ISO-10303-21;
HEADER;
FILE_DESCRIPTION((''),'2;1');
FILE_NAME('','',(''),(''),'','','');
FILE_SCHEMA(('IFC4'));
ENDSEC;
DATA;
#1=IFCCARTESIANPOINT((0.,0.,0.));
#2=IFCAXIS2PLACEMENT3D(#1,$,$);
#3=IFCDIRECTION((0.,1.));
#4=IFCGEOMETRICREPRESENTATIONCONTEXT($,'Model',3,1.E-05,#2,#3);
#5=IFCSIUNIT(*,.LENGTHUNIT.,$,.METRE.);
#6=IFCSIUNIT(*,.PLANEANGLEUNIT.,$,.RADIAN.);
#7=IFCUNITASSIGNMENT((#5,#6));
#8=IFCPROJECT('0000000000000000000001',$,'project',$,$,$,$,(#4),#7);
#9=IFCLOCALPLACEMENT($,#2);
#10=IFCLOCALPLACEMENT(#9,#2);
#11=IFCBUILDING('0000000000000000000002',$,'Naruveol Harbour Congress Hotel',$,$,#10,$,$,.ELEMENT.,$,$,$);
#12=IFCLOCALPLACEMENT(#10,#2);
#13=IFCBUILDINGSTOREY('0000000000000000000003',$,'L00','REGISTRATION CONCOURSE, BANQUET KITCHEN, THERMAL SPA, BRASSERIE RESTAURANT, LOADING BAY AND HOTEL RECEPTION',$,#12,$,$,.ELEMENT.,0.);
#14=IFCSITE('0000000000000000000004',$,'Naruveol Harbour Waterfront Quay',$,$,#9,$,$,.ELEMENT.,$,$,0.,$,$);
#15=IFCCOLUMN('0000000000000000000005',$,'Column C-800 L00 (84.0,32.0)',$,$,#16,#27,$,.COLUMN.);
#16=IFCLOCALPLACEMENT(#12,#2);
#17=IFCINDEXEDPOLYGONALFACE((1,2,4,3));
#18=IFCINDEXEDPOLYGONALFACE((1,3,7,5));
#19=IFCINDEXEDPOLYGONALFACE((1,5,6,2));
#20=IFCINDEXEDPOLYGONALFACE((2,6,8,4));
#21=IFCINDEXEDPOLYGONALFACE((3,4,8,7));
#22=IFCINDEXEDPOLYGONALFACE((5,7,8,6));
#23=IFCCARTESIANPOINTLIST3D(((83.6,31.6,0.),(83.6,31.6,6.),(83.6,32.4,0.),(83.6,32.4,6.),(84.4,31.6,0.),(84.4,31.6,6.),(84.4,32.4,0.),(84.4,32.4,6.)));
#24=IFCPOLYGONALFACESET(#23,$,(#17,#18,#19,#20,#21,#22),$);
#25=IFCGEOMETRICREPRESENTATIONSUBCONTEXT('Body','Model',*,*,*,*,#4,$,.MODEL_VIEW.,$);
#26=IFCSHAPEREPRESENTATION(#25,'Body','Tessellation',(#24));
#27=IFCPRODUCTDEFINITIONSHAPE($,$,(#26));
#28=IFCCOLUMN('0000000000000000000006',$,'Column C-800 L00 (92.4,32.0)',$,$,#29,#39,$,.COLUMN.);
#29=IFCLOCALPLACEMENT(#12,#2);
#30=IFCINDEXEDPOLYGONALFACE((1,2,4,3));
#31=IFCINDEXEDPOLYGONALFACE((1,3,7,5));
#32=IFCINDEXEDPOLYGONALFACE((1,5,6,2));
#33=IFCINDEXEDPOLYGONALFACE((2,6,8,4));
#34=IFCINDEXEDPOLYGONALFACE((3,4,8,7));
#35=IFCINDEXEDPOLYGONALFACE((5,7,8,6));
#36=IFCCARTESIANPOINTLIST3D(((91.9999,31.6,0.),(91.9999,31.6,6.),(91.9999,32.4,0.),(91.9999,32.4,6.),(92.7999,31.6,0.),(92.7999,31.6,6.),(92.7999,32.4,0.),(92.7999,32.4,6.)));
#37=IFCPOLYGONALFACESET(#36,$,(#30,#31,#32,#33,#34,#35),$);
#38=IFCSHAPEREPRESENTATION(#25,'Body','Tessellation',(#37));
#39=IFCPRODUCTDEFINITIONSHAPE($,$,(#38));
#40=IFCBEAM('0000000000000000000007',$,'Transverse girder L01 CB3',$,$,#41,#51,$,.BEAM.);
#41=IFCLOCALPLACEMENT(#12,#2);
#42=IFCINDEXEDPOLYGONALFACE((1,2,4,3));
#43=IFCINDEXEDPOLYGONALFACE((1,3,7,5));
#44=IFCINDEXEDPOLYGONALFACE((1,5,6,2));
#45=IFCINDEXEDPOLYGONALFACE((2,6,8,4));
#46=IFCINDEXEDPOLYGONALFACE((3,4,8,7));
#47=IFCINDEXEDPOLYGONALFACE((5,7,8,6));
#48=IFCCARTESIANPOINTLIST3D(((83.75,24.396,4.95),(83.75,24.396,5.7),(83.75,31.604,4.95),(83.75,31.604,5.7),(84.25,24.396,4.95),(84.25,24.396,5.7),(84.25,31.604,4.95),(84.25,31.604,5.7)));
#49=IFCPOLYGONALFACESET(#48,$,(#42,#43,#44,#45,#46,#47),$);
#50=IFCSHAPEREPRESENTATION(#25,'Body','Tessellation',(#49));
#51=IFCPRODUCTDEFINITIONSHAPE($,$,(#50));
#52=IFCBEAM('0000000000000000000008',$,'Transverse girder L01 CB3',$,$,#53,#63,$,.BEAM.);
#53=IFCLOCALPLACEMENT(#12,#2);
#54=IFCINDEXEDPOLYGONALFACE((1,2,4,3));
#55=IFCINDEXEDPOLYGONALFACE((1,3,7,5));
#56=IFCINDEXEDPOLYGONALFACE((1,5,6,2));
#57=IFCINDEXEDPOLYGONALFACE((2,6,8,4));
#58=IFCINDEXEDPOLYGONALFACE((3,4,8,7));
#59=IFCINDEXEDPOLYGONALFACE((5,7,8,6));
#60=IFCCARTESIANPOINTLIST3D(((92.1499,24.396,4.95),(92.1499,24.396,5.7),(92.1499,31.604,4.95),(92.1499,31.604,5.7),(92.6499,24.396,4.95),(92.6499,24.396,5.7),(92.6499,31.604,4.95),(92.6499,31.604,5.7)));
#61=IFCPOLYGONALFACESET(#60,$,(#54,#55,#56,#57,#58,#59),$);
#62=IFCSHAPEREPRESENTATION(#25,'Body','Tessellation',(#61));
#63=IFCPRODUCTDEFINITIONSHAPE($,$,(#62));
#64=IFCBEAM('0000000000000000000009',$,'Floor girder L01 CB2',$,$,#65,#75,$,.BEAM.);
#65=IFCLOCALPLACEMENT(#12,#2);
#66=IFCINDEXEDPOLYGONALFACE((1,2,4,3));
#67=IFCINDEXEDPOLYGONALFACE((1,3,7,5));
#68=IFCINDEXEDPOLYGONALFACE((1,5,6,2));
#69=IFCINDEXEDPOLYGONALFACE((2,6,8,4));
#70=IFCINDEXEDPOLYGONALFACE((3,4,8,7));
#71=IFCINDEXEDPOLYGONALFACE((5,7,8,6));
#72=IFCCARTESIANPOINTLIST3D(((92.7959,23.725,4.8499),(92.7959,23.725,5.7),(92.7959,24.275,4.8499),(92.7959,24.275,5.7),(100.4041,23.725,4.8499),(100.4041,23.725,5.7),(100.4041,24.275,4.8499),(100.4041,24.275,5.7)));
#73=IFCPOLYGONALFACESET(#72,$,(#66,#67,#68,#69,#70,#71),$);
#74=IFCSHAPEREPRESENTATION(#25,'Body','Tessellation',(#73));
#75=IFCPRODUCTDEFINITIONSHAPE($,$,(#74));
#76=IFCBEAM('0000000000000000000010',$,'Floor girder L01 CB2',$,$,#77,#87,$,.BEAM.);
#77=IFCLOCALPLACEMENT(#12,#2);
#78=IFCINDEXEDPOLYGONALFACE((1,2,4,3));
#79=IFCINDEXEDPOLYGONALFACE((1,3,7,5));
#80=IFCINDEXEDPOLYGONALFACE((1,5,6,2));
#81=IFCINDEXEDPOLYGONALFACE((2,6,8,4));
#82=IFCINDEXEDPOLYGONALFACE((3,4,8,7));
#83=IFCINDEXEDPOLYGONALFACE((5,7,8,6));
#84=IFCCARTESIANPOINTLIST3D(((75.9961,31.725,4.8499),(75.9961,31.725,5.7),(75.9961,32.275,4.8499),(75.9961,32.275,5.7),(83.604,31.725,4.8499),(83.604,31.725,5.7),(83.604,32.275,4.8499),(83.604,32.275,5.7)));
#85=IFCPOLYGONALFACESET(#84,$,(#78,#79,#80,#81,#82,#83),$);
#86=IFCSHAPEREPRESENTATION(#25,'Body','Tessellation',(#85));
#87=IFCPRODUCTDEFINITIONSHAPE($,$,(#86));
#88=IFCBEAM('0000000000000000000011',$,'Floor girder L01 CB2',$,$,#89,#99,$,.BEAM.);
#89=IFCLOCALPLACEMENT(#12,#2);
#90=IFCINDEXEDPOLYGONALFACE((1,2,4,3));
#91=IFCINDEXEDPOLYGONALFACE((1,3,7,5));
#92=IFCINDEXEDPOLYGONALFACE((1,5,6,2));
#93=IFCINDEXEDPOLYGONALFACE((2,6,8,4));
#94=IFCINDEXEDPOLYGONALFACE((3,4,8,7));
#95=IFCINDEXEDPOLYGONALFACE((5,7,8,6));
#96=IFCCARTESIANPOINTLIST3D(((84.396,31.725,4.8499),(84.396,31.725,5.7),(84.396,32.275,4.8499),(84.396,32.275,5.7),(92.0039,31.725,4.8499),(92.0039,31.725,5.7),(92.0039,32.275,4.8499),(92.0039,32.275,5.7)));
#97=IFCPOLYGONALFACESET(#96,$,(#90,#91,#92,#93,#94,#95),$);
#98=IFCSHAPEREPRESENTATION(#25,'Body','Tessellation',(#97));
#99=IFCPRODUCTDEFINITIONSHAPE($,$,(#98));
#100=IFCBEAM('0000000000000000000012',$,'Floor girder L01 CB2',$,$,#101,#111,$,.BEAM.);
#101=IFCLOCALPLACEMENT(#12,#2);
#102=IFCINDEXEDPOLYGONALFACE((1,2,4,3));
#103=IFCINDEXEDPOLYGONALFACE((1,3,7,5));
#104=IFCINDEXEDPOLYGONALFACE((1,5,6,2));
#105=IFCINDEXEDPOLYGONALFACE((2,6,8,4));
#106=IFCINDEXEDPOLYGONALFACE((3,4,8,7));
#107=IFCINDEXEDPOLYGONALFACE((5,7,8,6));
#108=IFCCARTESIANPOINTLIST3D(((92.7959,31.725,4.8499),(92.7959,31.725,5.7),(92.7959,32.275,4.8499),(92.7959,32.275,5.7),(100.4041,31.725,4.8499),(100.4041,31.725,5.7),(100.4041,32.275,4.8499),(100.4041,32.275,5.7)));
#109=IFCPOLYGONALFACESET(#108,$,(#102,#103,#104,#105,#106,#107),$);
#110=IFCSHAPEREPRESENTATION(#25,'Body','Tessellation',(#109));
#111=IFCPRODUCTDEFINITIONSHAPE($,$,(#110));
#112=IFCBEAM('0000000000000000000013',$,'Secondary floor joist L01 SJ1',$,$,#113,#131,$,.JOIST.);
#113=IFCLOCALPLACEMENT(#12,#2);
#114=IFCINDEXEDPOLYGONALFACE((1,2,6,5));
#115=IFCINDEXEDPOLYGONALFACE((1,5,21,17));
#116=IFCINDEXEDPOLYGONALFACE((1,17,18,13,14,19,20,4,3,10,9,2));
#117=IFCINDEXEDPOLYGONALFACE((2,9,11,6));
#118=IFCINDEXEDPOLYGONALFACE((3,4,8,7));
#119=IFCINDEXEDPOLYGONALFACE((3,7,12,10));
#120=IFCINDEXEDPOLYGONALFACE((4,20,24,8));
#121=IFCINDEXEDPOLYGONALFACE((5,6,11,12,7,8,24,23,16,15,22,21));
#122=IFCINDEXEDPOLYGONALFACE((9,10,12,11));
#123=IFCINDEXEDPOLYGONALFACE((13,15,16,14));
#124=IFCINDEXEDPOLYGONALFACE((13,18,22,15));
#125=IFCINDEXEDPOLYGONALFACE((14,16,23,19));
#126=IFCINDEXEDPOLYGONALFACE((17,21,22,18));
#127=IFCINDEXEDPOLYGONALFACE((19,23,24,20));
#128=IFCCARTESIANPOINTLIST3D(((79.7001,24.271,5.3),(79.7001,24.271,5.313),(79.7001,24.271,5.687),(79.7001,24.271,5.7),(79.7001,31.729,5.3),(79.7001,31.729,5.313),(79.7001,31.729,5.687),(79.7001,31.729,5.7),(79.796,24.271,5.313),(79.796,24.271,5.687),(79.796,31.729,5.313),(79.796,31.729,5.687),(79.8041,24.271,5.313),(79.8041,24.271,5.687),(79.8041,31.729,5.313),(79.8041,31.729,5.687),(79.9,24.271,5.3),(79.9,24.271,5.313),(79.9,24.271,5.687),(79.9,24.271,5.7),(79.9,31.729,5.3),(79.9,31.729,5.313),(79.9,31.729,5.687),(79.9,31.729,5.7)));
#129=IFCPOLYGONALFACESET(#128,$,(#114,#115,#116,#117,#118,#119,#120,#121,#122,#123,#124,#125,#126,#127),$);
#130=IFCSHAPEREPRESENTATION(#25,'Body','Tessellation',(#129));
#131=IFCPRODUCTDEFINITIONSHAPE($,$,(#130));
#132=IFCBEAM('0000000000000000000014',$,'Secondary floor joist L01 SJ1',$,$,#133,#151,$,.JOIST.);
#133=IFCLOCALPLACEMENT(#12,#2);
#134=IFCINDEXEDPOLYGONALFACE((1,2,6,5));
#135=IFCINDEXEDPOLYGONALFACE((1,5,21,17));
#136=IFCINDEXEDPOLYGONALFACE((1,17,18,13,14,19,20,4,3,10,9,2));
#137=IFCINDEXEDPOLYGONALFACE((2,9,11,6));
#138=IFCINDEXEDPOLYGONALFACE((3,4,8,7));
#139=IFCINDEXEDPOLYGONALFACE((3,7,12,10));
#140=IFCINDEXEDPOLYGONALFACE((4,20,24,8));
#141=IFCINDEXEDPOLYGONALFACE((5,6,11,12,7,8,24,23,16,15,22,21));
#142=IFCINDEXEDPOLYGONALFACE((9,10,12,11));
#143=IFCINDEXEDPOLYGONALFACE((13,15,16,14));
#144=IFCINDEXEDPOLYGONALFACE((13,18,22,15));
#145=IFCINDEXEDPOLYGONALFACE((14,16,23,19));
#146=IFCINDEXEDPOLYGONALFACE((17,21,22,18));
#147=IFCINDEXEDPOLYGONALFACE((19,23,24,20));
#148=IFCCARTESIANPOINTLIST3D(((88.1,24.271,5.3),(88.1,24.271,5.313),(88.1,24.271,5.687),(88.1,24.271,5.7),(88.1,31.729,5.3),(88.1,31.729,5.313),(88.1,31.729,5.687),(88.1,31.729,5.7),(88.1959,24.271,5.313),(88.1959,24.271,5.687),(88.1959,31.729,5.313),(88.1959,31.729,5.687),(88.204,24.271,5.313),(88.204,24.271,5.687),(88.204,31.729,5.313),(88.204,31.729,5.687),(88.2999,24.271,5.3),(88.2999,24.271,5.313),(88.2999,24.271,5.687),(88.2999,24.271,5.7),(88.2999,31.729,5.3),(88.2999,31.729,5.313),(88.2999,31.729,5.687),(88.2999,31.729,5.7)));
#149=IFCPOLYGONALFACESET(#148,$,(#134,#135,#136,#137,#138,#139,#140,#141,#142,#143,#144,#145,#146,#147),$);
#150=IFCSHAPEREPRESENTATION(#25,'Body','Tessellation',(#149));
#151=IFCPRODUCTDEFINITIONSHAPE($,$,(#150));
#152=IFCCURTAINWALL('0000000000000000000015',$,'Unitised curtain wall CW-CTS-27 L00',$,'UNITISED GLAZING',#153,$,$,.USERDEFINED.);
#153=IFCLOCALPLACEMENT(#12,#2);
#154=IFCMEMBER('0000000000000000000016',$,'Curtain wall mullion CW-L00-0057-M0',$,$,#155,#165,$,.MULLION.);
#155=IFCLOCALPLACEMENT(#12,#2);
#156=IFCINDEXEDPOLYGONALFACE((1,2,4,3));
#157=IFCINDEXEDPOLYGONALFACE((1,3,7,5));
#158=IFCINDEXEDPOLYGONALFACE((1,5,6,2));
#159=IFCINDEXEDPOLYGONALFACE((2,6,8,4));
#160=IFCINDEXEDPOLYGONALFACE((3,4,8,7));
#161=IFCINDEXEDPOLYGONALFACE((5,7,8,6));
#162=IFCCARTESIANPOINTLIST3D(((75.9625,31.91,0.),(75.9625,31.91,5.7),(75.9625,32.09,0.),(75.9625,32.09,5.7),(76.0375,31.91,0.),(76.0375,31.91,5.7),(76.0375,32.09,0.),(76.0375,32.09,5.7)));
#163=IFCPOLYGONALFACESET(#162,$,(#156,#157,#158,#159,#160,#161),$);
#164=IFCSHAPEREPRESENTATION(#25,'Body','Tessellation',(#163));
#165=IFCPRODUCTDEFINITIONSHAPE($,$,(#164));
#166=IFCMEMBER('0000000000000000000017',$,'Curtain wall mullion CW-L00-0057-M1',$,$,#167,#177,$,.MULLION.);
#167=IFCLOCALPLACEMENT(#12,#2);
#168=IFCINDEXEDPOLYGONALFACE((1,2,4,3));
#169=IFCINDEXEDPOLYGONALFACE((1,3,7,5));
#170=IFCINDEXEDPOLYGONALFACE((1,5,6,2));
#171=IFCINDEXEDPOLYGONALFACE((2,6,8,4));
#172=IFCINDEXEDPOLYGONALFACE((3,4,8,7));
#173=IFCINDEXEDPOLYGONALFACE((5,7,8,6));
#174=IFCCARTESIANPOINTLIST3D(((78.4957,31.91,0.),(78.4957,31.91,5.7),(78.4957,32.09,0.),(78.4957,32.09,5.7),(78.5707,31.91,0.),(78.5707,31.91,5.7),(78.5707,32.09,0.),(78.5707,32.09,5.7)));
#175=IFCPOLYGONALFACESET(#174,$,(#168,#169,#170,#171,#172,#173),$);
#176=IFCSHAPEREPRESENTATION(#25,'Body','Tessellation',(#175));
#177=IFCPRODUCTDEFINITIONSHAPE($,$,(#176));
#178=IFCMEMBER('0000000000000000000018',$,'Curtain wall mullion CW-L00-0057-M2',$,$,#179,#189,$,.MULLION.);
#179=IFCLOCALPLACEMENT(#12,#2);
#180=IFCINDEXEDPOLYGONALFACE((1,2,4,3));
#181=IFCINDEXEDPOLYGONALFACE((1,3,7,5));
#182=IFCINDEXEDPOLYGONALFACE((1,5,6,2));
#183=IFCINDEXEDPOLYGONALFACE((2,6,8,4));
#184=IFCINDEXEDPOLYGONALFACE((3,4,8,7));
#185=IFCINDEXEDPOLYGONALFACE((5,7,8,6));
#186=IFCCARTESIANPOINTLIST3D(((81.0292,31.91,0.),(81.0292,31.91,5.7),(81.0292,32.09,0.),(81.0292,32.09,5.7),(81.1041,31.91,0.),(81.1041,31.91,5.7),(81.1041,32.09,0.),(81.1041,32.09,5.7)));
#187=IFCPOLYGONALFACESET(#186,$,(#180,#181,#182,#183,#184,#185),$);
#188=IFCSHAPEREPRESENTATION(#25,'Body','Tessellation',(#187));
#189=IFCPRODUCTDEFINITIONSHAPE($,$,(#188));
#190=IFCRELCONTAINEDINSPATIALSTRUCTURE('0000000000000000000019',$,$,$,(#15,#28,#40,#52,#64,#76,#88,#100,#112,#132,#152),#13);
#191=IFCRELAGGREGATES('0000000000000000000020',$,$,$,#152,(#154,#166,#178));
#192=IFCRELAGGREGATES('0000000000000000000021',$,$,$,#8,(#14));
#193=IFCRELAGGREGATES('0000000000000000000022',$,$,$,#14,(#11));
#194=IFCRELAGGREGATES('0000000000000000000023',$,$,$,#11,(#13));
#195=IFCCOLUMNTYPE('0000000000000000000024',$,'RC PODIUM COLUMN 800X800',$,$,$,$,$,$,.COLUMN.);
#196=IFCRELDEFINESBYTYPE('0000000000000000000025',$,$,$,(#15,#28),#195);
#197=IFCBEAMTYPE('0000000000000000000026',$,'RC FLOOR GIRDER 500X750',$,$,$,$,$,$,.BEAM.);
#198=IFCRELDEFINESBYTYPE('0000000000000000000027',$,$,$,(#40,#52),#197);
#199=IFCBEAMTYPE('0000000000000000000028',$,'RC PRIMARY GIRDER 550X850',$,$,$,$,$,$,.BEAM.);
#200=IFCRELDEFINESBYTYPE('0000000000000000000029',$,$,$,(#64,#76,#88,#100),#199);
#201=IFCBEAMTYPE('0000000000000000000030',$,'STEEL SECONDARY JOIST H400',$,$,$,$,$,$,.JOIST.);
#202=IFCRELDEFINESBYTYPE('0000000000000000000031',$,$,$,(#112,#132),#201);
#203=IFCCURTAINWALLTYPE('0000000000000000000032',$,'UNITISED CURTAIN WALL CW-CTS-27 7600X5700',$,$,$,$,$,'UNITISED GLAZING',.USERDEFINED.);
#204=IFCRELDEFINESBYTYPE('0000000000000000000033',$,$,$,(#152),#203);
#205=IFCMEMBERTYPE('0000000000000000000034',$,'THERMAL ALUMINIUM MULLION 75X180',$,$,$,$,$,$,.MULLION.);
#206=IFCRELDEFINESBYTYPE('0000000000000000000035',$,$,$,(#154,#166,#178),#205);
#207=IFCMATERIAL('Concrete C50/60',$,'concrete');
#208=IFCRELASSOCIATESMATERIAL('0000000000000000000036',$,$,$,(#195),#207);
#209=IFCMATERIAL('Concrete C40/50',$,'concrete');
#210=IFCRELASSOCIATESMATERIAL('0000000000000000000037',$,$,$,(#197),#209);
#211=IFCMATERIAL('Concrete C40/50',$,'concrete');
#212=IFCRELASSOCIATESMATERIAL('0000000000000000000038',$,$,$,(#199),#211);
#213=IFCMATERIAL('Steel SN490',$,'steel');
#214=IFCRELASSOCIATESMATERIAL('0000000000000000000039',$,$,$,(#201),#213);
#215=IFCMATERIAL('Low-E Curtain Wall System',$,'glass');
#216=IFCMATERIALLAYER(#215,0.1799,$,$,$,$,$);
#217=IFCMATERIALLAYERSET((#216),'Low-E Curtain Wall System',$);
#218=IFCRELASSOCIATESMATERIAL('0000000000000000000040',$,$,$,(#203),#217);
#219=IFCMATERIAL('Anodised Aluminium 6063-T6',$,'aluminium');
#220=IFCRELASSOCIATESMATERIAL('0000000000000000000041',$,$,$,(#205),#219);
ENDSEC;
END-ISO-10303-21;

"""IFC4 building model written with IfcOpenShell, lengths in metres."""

from ifc_helpers import new_model, si_unit, direction, frame, origin, origin_2d, place, context, subcontext, project, spatial, rectangle, i_section, extrude, material, layer, layer_set, material_profile, profile_set, type_object, element, aggregate, save


model = new_model("IFC4")

# Units and contexts
model_context = context("Model", 3, precision=1e-05, world=origin(), true_north=direction((0.0, 1.0)))
body_context = subcontext(model_context, "Body", "Model", "MODEL_VIEW")
ifc_project = project(units=[si_unit("LENGTHUNIT", "METRE"), si_unit("PLANEANGLEUNIT", "RADIAN")], contexts=[model_context])

# Site, building, storey
site_placement = place(None, origin())
site = spatial("IfcSite", under=ifc_project, at=site_placement, Name="Naruveol Harbour Waterfront Quay", CompositionType="ELEMENT", RefElevation=0.0)
building_placement = place(site_placement, origin())
building = spatial("IfcBuilding", under=site, at=building_placement, Name="Naruveol Harbour Congress Hotel", CompositionType="ELEMENT")
storey_placement = place(building_placement, origin())
storey = spatial("IfcBuildingStorey", under=building, at=storey_placement, Name="L00", Description="REGISTRATION CONCOURSE, BANQUET KITCHEN, THERMAL SPA, BRASSERIE RESTAURANT, LOADING BAY AND HOTEL RECEPTION", CompositionType="ELEMENT", Elevation=0.0)

# Columns
ifc_material_1 = material(Name="Concrete C50/60", Category="concrete")
ifc_material_profile_1 = material_profile(ifc_material_1, rectangle(XDim=0.8, YDim=0.8, at=origin_2d()), Name="RC-800x800")
ifc_profile_set_1 = profile_set([ifc_material_profile_1], Name="Concrete C50/60")
column_type = type_object("IfcColumnType", Name="RC PODIUM COLUMN 800X800", PredefinedType="COLUMN", material=ifc_profile_set_1)
for number, where, z_axis, x_axis, name in (
    (1, (84.0, 32.0, 0.0), (0.0, 0.0, 1.0), (1.0, 0.0, 0.0), "Column C-800 L00 (84.0,32.0)"),
    (2, (92.3999, 32.0, 0.0), (0.0, 0.0, 1.0), (1.0, 0.0, 0.0), "Column C-800 L00 (92.4,32.0)"),
):
    element("IfcColumn", number, at=place(storey_placement, frame(where, z_axis=z_axis, x_axis=x_axis)), inside=storey, type_object=column_type, Name=name, PredefinedType="COLUMN", context=body_context, shape_type="SweptSolid", body=[
        extrude(rectangle(XDim=0.8, YDim=0.8, at=origin_2d()), origin(), (0.0, 0.0, 1.0), 6.0),
    ])

# Beams
ifc_material_2 = material(Name="Concrete C40/50", Category="concrete")
ifc_material_profile_2 = material_profile(ifc_material_2, rectangle(XDim=0.5, YDim=0.75, at=origin_2d()), Name="RCB-500x750")
ifc_profile_set_2 = profile_set([ifc_material_profile_2], Name="Concrete C40/50")
beam_type_1 = type_object("IfcBeamType", Name="RC FLOOR GIRDER 500X750", PredefinedType="BEAM", material=ifc_profile_set_2)
for number, where, z_axis, x_axis, name in (
    (3, (84.0, 24.396, 5.325), (0.0, 1.0, 0.0), (-1.0, 0.0, 0.0), "Transverse girder L01 CB3"),
    (4, (92.3999, 24.396, 5.325), (0.0, 1.0, 0.0), (-1.0, 0.0, 0.0), "Transverse girder L01 CB3"),
):
    element("IfcBeam", number, at=place(storey_placement, frame(where, z_axis=z_axis, x_axis=x_axis)), inside=storey, type_object=beam_type_1, Name=name, PredefinedType="BEAM", context=body_context, shape_type="SweptSolid", body=[
        extrude(rectangle(XDim=0.5, YDim=0.75, at=origin_2d()), origin(), (0.0, 0.0, 1.0), 7.208),
    ])
ifc_material_3 = material(Name="Concrete C40/50", Category="concrete")
ifc_material_profile_3 = material_profile(ifc_material_3, rectangle(XDim=0.55, YDim=0.8501, at=origin_2d()), Name="RCB-550x850")
ifc_profile_set_3 = profile_set([ifc_material_profile_3], Name="Concrete C40/50")
beam_type_2 = type_object("IfcBeamType", Name="RC PRIMARY GIRDER 550X850", PredefinedType="BEAM", material=ifc_profile_set_3)
beam_1_placement = place(storey_placement, frame((92.7959, 24.0, 5.2749), z_axis=(1.0, 0.0, 0.0), x_axis=(0.0, 1.0, 0.0)))
element("IfcBeam", 5, at=beam_1_placement, inside=storey, type_object=beam_type_2, Name="Floor girder L01 CB2", PredefinedType="BEAM", context=body_context, shape_type="SweptSolid", body=[
    extrude(rectangle(XDim=0.55, YDim=0.8501, at=origin_2d()), origin(), (0.0, 0.0, 1.0), 7.6082),
])
for number, where, z_axis, x_axis, name in (
    (6, (75.9961, 32.0, 5.2749), (1.0, 0.0, 0.0), (0.0, 1.0, 0.0), "Floor girder L01 CB2"),
    (7, (84.396, 32.0, 5.2749), (1.0, 0.0, 0.0), (0.0, 1.0, 0.0), "Floor girder L01 CB2"),
):
    element("IfcBeam", number, at=place(storey_placement, frame(where, z_axis=z_axis, x_axis=x_axis)), inside=storey, type_object=beam_type_2, Name=name, PredefinedType="BEAM", context=body_context, shape_type="SweptSolid", body=[
        extrude(rectangle(XDim=0.55, YDim=0.8501, at=origin_2d()), origin(), (0.0, 0.0, 1.0), 7.6079),
    ])
beam_2_placement = place(storey_placement, frame((92.7959, 32.0, 5.2749), z_axis=(1.0, 0.0, 0.0), x_axis=(0.0, 1.0, 0.0)))
element("IfcBeam", 8, at=beam_2_placement, inside=storey, type_object=beam_type_2, Name="Floor girder L01 CB2", PredefinedType="BEAM", context=body_context, shape_type="SweptSolid", body=[
    extrude(rectangle(XDim=0.55, YDim=0.8501, at=origin_2d()), origin(), (0.0, 0.0, 1.0), 7.6082),
])
ifc_material_4 = material(Name="Steel SN490", Category="steel")
ifc_material_profile_4 = material_profile(ifc_material_4, i_section(OverallWidth=0.2, OverallDepth=0.3999, WebThickness=0.0081, FlangeThickness=0.0129, at=origin_2d()), Name="H-400x200x8x13")
ifc_profile_set_4 = profile_set([ifc_material_profile_4], Name="Steel SN490")
beam_type_3 = type_object("IfcBeamType", Name="STEEL SECONDARY JOIST H400", PredefinedType="JOIST", material=ifc_profile_set_4)
for number, where, z_axis, x_axis, name in (
    (9, (79.8, 24.271, 5.5), (0.0, 1.0, 0.0), (-1.0, 0.0, 0.0), "Secondary floor joist L01 SJ1"),
    (10, (88.2, 24.271, 5.5), (0.0, 1.0, 0.0), (-1.0, 0.0, 0.0), "Secondary floor joist L01 SJ1"),
):
    element("IfcBeam", number, at=place(storey_placement, frame(where, z_axis=z_axis, x_axis=x_axis)), inside=storey, type_object=beam_type_3, Name=name, PredefinedType="JOIST", context=body_context, shape_type="SweptSolid", body=[
        extrude(i_section(OverallWidth=0.2, OverallDepth=0.3999, WebThickness=0.0081, FlangeThickness=0.0129, at=origin_2d()), origin(), (0.0, 0.0, 1.0), 7.458),
    ])

# Curtain wall, members
ifc_material_5 = material(Name="Low-E Curtain Wall System", Category="glass")
ifc_layer_1 = layer(ifc_material_5, 0.1799)
ifc_layer_set_1 = layer_set([ifc_layer_1], Name="Low-E Curtain Wall System")
curtain_wall_type = type_object("IfcCurtainWallType", Name="UNITISED CURTAIN WALL CW-CTS-27 7600X5700", ElementType="UNITISED GLAZING", PredefinedType="USERDEFINED", material=ifc_layer_set_1)
curtain_wall_1_placement = place(storey_placement, origin())
curtain_wall_1 = element("IfcCurtainWall", 11, at=curtain_wall_1_placement, inside=storey, type_object=curtain_wall_type, Name="Unitised curtain wall CW-CTS-27 L00", ObjectType="UNITISED GLAZING", PredefinedType="USERDEFINED")
ifc_material_6 = material(Name="Anodised Aluminium 6063-T6", Category="aluminium")
ifc_material_profile_5 = material_profile(ifc_material_6, rectangle(XDim=0.075, YDim=0.1799, at=origin_2d()), Name="ALU-75x180")
ifc_profile_set_5 = profile_set([ifc_material_profile_5], Name="Anodised Aluminium 6063-T6")
member_type_1 = type_object("IfcMemberType", Name="THERMAL ALUMINIUM MULLION 75X180", PredefinedType="MULLION", material=ifc_profile_set_5)
member_1_placement = place(storey_placement, frame((76.0, 32.0, 0.0), z_axis=(0.0, 0.0, 1.0), x_axis=(1.0, 0.0, 0.0)))
member_1 = element("IfcMember", 12, at=member_1_placement, type_object=member_type_1, Name="Curtain wall mullion CW-L00-0057-M0", PredefinedType="MULLION", context=body_context, shape_type="SweptSolid", body=[
    extrude(rectangle(XDim=0.075, YDim=0.1799, at=origin_2d()), origin(), (0.0, 0.0, 1.0), 5.7),
])
member_2_placement = place(storey_placement, frame((78.5332, 32.0, 0.0), z_axis=(0.0, 0.0, 1.0), x_axis=(1.0, 0.0, 0.0)))
member_2 = element("IfcMember", 13, at=member_2_placement, type_object=member_type_1, Name="Curtain wall mullion CW-L00-0057-M1", PredefinedType="MULLION", context=body_context, shape_type="SweptSolid", body=[
    extrude(rectangle(XDim=0.075, YDim=0.1799, at=origin_2d()), origin(), (0.0, 0.0, 1.0), 5.7),
])
member_3_placement = place(storey_placement, frame((81.0667, 32.0, 0.0), z_axis=(0.0, 0.0, 1.0), x_axis=(1.0, 0.0, 0.0)))
member_3 = element("IfcMember", 14, at=member_3_placement, type_object=member_type_1, Name="Curtain wall mullion CW-L00-0057-M2", PredefinedType="MULLION", context=body_context, shape_type="SweptSolid", body=[
    extrude(rectangle(XDim=0.075, YDim=0.1799, at=origin_2d()), origin(), (0.0, 0.0, 1.0), 5.7),
])

aggregate(curtain_wall_1, [member_1, member_2, member_3])

save(model, "model.ifc")
